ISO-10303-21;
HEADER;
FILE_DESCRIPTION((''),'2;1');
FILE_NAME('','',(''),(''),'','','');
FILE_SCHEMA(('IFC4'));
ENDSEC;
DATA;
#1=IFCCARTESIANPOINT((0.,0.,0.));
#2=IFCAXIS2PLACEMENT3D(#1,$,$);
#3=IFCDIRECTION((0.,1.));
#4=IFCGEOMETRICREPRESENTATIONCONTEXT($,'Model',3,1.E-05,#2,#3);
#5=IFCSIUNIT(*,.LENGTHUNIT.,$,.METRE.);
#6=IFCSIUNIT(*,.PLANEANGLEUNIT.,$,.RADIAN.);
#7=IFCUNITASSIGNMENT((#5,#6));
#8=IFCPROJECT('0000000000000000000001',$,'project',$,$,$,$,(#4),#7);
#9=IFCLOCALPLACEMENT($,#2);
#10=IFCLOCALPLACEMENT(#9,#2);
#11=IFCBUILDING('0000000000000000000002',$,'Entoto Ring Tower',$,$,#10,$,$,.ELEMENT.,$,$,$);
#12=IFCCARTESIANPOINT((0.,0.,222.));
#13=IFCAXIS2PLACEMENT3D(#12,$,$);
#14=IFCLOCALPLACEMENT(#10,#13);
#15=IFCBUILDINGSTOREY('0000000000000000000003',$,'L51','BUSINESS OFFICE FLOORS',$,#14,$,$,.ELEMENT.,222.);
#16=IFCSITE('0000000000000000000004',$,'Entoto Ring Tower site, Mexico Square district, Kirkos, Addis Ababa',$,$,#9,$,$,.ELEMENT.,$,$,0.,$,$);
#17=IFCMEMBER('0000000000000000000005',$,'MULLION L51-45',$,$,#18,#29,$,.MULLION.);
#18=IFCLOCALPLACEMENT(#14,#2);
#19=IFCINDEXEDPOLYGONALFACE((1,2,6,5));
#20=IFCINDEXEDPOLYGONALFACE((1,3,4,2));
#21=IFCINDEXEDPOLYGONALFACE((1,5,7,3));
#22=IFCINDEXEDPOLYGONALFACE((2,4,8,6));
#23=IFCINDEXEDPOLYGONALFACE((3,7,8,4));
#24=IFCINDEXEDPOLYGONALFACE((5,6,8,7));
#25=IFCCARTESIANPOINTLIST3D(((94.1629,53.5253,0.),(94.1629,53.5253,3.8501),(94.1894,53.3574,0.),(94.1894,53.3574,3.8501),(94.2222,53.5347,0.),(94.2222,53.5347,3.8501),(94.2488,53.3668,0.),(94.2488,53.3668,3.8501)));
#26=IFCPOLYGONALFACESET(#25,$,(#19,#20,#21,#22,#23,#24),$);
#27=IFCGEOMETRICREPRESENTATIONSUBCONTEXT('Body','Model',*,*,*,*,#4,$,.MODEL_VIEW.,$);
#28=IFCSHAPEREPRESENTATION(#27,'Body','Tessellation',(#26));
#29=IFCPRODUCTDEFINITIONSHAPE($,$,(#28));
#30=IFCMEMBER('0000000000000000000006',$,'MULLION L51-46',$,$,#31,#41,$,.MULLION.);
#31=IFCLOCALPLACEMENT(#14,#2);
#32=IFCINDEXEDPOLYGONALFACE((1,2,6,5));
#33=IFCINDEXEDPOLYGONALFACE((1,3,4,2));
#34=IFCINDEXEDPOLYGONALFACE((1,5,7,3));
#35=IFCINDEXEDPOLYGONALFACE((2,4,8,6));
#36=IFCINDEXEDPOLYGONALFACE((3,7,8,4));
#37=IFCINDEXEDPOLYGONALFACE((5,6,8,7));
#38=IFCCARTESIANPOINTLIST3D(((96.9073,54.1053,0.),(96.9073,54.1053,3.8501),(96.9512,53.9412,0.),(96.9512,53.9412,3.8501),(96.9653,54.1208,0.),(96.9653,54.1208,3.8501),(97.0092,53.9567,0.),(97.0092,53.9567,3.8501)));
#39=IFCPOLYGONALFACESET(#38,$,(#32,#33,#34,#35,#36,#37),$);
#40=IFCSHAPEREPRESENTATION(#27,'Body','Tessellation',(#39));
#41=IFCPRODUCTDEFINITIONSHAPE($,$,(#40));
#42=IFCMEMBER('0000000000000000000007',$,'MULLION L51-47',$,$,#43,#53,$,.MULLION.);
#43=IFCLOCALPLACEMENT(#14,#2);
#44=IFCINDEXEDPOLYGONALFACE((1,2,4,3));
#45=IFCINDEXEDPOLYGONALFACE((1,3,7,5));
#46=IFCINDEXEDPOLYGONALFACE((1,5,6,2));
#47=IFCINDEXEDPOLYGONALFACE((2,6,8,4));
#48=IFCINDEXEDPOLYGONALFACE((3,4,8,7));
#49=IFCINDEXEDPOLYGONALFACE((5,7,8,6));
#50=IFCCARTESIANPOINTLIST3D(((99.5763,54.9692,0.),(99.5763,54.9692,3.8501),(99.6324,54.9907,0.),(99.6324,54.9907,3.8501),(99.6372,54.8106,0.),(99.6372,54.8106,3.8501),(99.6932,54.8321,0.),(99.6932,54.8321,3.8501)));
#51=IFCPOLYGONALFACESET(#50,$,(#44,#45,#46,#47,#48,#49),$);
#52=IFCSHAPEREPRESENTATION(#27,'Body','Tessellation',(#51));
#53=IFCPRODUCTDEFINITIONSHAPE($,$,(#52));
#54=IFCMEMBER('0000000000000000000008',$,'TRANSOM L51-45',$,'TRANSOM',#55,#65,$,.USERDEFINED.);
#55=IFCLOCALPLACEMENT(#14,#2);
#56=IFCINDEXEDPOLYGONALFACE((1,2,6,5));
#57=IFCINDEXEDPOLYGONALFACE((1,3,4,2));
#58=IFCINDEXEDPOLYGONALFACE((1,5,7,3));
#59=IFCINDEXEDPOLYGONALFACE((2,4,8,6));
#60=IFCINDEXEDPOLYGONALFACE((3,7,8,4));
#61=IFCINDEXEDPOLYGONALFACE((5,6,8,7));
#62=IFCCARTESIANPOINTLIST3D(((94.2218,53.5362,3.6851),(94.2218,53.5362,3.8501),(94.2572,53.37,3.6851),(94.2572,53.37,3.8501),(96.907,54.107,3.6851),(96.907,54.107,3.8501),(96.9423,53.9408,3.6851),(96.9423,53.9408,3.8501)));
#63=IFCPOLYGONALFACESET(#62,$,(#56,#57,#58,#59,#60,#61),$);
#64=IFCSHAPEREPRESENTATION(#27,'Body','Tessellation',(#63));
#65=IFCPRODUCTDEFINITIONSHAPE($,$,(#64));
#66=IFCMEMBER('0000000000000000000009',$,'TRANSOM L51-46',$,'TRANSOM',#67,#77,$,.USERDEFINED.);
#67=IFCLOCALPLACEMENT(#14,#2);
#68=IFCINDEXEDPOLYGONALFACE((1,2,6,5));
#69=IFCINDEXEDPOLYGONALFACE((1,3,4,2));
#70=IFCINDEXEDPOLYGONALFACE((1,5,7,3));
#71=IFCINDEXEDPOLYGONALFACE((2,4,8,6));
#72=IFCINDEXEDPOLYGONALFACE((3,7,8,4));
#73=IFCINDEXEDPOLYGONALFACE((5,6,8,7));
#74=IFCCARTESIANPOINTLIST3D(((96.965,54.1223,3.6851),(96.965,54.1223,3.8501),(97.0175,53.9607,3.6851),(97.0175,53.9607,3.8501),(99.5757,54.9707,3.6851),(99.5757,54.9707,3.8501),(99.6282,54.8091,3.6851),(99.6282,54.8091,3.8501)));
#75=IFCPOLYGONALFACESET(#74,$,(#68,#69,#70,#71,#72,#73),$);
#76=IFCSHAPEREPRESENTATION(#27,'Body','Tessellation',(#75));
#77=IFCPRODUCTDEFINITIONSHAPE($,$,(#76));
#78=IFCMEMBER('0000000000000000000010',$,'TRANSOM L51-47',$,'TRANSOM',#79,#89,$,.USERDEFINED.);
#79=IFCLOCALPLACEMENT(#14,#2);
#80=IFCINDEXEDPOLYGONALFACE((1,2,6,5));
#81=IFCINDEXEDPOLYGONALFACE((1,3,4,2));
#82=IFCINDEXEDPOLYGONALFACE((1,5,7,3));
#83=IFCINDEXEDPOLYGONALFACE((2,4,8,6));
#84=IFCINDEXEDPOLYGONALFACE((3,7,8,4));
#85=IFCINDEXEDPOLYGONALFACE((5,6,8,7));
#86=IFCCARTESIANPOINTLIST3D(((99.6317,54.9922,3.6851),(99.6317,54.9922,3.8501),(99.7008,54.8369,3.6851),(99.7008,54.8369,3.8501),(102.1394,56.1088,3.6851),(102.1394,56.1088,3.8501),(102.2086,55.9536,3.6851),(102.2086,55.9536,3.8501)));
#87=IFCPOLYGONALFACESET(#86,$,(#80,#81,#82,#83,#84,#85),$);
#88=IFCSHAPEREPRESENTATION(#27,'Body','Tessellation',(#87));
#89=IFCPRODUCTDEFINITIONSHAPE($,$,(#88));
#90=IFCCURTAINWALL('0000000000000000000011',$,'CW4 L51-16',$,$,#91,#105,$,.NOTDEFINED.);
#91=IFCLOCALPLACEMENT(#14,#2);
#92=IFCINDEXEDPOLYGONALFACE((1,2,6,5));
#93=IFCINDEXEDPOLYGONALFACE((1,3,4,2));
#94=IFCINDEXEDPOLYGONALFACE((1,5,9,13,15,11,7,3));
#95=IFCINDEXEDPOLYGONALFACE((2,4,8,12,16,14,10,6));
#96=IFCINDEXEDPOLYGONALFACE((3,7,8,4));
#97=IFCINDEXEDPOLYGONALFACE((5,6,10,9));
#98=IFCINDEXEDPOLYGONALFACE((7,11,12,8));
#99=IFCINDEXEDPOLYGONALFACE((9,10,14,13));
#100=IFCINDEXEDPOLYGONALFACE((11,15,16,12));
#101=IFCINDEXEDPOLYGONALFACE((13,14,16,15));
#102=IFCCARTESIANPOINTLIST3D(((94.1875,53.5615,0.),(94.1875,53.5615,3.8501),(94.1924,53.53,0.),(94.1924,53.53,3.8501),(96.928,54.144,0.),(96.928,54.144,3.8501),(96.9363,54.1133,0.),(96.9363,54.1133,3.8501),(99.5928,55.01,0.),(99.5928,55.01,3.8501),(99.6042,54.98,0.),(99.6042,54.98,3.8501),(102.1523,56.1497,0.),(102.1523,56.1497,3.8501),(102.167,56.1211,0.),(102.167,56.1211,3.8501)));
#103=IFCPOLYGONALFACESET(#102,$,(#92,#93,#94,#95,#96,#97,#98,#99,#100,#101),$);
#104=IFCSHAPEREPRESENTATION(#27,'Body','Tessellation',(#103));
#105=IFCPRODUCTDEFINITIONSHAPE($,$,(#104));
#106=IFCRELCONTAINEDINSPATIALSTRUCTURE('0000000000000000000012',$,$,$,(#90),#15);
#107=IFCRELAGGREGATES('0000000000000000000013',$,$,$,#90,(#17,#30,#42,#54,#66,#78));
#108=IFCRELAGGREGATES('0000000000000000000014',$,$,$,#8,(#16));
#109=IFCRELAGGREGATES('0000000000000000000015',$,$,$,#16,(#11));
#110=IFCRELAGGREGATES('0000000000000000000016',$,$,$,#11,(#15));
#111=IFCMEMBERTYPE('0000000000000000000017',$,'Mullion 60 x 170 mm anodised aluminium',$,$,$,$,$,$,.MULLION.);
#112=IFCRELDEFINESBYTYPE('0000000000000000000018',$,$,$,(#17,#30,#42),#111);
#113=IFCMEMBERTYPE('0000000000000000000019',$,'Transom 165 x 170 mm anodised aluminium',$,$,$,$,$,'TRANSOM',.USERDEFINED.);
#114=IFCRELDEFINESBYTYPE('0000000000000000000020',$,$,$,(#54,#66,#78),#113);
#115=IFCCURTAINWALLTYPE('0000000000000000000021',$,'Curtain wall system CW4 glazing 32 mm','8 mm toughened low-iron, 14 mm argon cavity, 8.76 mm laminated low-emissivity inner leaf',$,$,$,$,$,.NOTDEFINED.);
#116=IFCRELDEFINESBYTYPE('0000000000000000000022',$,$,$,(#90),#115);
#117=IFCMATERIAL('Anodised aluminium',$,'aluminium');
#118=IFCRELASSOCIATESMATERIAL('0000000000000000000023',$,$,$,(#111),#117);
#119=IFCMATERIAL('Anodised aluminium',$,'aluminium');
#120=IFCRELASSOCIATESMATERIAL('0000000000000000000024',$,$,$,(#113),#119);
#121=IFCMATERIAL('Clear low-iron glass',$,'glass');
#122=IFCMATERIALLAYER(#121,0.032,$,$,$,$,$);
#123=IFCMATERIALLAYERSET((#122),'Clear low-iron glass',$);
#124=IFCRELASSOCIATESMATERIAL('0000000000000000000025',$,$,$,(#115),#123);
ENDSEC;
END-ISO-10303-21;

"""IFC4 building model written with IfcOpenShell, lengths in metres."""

from ifc_helpers import new_model, si_unit, direction, frame, origin, origin_2d, place, context, subcontext, project, spatial, polyline, rectangle, outline, extrude, material, layer, layer_set, material_profile, profile_set, type_object, element, aggregate, save


model = new_model("IFC4")

# Units and contexts
model_context = context("Model", 3, precision=1e-05, world=origin(), true_north=direction((0.0, 1.0)))
body_context = subcontext(model_context, "Body", "Model", "MODEL_VIEW")
ifc_project = project(units=[si_unit("LENGTHUNIT", "METRE"), si_unit("PLANEANGLEUNIT", "RADIAN")], contexts=[model_context])

# Members
ifc_material_1 = material(Name="Anodised aluminium", Category="aluminium")
ifc_material_profile_1 = material_profile(ifc_material_1, rectangle(XDim=0.0601, YDim=0.1699, at=origin_2d()), Name="Mullion 60 x 170 mm anodised aluminium")
ifc_profile_set_1 = profile_set([ifc_material_profile_1], Name="Anodised aluminium")
member_type_1 = type_object("IfcMemberType", Name="Mullion 60 x 170 mm anodised aluminium", PredefinedType="MULLION", material=ifc_profile_set_1)
site_placement = place(None, origin())
building_placement = place(site_placement, origin())
storey_placement = place(building_placement, frame((0.0, 0.0, 222.0)))
member_1_placement = place(storey_placement, frame((94.2058, 53.446, 0.0), z_axis=(0.0, 0.0, 1.0), x_axis=(0.987688, 0.156434, 0.0)))
member_1 = element("IfcMember", 1, at=member_1_placement, type_object=member_type_1, Name="MULLION L51-45", PredefinedType="MULLION", context=body_context, shape_type="SweptSolid", body=[
    extrude(rectangle(XDim=0.0601, YDim=0.1699, at=origin_2d()), origin(), (0.0, 0.0, 1.0), 3.8501),
])
member_2_placement = place(storey_placement, frame((96.9583, 54.031, 0.0), z_axis=(0.0, 0.0, 1.0), x_axis=(0.965926, 0.258819, 0.0)))
member_2 = element("IfcMember", 2, at=member_2_placement, type_object=member_type_1, Name="MULLION L51-46", PredefinedType="MULLION", context=body_context, shape_type="SweptSolid", body=[
    extrude(rectangle(XDim=0.0601, YDim=0.1699, at=origin_2d()), origin(), (0.0, 0.0, 1.0), 3.8501),
])
member_3_placement = place(storey_placement, frame((99.6348, 54.9006, 0.0), z_axis=(0.0, 0.0, 1.0), x_axis=(0.93358, 0.358368, 0.0)))
member_3 = element("IfcMember", 3, at=member_3_placement, type_object=member_type_1, Name="MULLION L51-47", PredefinedType="MULLION", context=body_context, shape_type="SweptSolid", body=[
    extrude(rectangle(XDim=0.0601, YDim=0.1699, at=origin_2d()), origin(), (0.0, 0.0, 1.0), 3.8501),
])
ifc_material_2 = material(Name="Anodised aluminium", Category="aluminium")
ifc_material_profile_2 = material_profile(ifc_material_2, rectangle(XDim=0.1699, YDim=0.165, at=origin_2d()), Name="Transom 165 x 170 mm anodised aluminium")
ifc_profile_set_2 = profile_set([ifc_material_profile_2], Name="Anodised aluminium")
member_type_2 = type_object("IfcMemberType", Name="Transom 165 x 170 mm anodised aluminium", ElementType="TRANSOM", PredefinedType="USERDEFINED", material=ifc_profile_set_2)
member_4_placement = place(storey_placement, frame((94.2395, 53.4531, 3.7676), z_axis=(0.978142, 0.207937, 0.0), x_axis=(-0.207937, 0.978142, 0.0)))
member_4 = element("IfcMember", 4, at=member_4_placement, type_object=member_type_2, Name="TRANSOM L51-45", ObjectType="TRANSOM", PredefinedType="USERDEFINED", context=body_context, shape_type="SweptSolid", body=[
    extrude(rectangle(XDim=0.1699, YDim=0.165, at=origin_2d()), origin(), (0.0, 0.0, 1.0), 2.7451),
])
member_5_placement = place(storey_placement, frame((96.9912, 54.0415, 3.7676), z_axis=(0.951048, 0.309042, 0.0), x_axis=(-0.309042, 0.951048, 0.0)))
member_5 = element("IfcMember", 5, at=member_5_placement, type_object=member_type_2, Name="TRANSOM L51-46", ObjectType="TRANSOM", PredefinedType="USERDEFINED", context=body_context, shape_type="SweptSolid", body=[
    extrude(rectangle(XDim=0.1699, YDim=0.165, at=origin_2d()), origin(), (0.0, 0.0, 1.0), 2.7451),
])
member_6_placement = place(storey_placement, frame((99.6663, 54.9146, 3.7676), z_axis=(0.913525, 0.406782, 0.0), x_axis=(-0.406782, 0.913525, 0.0)))
member_6 = element("IfcMember", 6, at=member_6_placement, type_object=member_type_2, Name="TRANSOM L51-47", ObjectType="TRANSOM", PredefinedType="USERDEFINED", context=body_context, shape_type="SweptSolid", body=[
    extrude(rectangle(XDim=0.1699, YDim=0.165, at=origin_2d()), origin(), (0.0, 0.0, 1.0), 2.7451),
])

# Site, building, storey
site = spatial("IfcSite", under=ifc_project, at=site_placement, Name="Entoto Ring Tower site, Mexico Square district, Kirkos, Addis Ababa", CompositionType="ELEMENT", RefElevation=0.0)
building = spatial("IfcBuilding", under=site, at=building_placement, Name="Entoto Ring Tower", CompositionType="ELEMENT")
storey = spatial("IfcBuildingStorey", under=building, at=storey_placement, Name="L51", Description="BUSINESS OFFICE FLOORS", CompositionType="ELEMENT", Elevation=222.0)

# Curtain wall
ifc_material_3 = material(Name="Clear low-iron glass", Category="glass")
ifc_layer_1 = layer(ifc_material_3, 0.032)
ifc_layer_set_1 = layer_set([ifc_layer_1], Name="Clear low-iron glass")
curtain_wall_type = type_object("IfcCurtainWallType", Name="Curtain wall system CW4 glazing 32 mm", Description="8 mm toughened low-iron, 14 mm argon cavity, 8.76 mm laminated low-emissivity inner leaf", PredefinedType="NOTDEFINED", material=ifc_layer_set_1)
curtain_wall_1_placement = place(storey_placement, origin())
curtain_wall_1 = element("IfcCurtainWall", 7, at=curtain_wall_1_placement, inside=storey, type_object=curtain_wall_type, Name="CW4 L51-16", PredefinedType="NOTDEFINED", context=body_context, shape_type="SweptSolid", body=[
    extrude(outline(polyline([(94.1924, 53.53), (96.9363, 54.1133), (99.6042, 54.98), (102.167, 56.1211), (102.1523, 56.1497), (99.5928, 55.01), (96.928, 54.144), (94.1875, 53.5615), (94.1924, 53.53)])), origin(), (0.0, 0.0, 1.0), 3.8501),
])
aggregate(curtain_wall_1, [member_1, member_2, member_3, member_4, member_5, member_6])

save(model, "model.ifc")
